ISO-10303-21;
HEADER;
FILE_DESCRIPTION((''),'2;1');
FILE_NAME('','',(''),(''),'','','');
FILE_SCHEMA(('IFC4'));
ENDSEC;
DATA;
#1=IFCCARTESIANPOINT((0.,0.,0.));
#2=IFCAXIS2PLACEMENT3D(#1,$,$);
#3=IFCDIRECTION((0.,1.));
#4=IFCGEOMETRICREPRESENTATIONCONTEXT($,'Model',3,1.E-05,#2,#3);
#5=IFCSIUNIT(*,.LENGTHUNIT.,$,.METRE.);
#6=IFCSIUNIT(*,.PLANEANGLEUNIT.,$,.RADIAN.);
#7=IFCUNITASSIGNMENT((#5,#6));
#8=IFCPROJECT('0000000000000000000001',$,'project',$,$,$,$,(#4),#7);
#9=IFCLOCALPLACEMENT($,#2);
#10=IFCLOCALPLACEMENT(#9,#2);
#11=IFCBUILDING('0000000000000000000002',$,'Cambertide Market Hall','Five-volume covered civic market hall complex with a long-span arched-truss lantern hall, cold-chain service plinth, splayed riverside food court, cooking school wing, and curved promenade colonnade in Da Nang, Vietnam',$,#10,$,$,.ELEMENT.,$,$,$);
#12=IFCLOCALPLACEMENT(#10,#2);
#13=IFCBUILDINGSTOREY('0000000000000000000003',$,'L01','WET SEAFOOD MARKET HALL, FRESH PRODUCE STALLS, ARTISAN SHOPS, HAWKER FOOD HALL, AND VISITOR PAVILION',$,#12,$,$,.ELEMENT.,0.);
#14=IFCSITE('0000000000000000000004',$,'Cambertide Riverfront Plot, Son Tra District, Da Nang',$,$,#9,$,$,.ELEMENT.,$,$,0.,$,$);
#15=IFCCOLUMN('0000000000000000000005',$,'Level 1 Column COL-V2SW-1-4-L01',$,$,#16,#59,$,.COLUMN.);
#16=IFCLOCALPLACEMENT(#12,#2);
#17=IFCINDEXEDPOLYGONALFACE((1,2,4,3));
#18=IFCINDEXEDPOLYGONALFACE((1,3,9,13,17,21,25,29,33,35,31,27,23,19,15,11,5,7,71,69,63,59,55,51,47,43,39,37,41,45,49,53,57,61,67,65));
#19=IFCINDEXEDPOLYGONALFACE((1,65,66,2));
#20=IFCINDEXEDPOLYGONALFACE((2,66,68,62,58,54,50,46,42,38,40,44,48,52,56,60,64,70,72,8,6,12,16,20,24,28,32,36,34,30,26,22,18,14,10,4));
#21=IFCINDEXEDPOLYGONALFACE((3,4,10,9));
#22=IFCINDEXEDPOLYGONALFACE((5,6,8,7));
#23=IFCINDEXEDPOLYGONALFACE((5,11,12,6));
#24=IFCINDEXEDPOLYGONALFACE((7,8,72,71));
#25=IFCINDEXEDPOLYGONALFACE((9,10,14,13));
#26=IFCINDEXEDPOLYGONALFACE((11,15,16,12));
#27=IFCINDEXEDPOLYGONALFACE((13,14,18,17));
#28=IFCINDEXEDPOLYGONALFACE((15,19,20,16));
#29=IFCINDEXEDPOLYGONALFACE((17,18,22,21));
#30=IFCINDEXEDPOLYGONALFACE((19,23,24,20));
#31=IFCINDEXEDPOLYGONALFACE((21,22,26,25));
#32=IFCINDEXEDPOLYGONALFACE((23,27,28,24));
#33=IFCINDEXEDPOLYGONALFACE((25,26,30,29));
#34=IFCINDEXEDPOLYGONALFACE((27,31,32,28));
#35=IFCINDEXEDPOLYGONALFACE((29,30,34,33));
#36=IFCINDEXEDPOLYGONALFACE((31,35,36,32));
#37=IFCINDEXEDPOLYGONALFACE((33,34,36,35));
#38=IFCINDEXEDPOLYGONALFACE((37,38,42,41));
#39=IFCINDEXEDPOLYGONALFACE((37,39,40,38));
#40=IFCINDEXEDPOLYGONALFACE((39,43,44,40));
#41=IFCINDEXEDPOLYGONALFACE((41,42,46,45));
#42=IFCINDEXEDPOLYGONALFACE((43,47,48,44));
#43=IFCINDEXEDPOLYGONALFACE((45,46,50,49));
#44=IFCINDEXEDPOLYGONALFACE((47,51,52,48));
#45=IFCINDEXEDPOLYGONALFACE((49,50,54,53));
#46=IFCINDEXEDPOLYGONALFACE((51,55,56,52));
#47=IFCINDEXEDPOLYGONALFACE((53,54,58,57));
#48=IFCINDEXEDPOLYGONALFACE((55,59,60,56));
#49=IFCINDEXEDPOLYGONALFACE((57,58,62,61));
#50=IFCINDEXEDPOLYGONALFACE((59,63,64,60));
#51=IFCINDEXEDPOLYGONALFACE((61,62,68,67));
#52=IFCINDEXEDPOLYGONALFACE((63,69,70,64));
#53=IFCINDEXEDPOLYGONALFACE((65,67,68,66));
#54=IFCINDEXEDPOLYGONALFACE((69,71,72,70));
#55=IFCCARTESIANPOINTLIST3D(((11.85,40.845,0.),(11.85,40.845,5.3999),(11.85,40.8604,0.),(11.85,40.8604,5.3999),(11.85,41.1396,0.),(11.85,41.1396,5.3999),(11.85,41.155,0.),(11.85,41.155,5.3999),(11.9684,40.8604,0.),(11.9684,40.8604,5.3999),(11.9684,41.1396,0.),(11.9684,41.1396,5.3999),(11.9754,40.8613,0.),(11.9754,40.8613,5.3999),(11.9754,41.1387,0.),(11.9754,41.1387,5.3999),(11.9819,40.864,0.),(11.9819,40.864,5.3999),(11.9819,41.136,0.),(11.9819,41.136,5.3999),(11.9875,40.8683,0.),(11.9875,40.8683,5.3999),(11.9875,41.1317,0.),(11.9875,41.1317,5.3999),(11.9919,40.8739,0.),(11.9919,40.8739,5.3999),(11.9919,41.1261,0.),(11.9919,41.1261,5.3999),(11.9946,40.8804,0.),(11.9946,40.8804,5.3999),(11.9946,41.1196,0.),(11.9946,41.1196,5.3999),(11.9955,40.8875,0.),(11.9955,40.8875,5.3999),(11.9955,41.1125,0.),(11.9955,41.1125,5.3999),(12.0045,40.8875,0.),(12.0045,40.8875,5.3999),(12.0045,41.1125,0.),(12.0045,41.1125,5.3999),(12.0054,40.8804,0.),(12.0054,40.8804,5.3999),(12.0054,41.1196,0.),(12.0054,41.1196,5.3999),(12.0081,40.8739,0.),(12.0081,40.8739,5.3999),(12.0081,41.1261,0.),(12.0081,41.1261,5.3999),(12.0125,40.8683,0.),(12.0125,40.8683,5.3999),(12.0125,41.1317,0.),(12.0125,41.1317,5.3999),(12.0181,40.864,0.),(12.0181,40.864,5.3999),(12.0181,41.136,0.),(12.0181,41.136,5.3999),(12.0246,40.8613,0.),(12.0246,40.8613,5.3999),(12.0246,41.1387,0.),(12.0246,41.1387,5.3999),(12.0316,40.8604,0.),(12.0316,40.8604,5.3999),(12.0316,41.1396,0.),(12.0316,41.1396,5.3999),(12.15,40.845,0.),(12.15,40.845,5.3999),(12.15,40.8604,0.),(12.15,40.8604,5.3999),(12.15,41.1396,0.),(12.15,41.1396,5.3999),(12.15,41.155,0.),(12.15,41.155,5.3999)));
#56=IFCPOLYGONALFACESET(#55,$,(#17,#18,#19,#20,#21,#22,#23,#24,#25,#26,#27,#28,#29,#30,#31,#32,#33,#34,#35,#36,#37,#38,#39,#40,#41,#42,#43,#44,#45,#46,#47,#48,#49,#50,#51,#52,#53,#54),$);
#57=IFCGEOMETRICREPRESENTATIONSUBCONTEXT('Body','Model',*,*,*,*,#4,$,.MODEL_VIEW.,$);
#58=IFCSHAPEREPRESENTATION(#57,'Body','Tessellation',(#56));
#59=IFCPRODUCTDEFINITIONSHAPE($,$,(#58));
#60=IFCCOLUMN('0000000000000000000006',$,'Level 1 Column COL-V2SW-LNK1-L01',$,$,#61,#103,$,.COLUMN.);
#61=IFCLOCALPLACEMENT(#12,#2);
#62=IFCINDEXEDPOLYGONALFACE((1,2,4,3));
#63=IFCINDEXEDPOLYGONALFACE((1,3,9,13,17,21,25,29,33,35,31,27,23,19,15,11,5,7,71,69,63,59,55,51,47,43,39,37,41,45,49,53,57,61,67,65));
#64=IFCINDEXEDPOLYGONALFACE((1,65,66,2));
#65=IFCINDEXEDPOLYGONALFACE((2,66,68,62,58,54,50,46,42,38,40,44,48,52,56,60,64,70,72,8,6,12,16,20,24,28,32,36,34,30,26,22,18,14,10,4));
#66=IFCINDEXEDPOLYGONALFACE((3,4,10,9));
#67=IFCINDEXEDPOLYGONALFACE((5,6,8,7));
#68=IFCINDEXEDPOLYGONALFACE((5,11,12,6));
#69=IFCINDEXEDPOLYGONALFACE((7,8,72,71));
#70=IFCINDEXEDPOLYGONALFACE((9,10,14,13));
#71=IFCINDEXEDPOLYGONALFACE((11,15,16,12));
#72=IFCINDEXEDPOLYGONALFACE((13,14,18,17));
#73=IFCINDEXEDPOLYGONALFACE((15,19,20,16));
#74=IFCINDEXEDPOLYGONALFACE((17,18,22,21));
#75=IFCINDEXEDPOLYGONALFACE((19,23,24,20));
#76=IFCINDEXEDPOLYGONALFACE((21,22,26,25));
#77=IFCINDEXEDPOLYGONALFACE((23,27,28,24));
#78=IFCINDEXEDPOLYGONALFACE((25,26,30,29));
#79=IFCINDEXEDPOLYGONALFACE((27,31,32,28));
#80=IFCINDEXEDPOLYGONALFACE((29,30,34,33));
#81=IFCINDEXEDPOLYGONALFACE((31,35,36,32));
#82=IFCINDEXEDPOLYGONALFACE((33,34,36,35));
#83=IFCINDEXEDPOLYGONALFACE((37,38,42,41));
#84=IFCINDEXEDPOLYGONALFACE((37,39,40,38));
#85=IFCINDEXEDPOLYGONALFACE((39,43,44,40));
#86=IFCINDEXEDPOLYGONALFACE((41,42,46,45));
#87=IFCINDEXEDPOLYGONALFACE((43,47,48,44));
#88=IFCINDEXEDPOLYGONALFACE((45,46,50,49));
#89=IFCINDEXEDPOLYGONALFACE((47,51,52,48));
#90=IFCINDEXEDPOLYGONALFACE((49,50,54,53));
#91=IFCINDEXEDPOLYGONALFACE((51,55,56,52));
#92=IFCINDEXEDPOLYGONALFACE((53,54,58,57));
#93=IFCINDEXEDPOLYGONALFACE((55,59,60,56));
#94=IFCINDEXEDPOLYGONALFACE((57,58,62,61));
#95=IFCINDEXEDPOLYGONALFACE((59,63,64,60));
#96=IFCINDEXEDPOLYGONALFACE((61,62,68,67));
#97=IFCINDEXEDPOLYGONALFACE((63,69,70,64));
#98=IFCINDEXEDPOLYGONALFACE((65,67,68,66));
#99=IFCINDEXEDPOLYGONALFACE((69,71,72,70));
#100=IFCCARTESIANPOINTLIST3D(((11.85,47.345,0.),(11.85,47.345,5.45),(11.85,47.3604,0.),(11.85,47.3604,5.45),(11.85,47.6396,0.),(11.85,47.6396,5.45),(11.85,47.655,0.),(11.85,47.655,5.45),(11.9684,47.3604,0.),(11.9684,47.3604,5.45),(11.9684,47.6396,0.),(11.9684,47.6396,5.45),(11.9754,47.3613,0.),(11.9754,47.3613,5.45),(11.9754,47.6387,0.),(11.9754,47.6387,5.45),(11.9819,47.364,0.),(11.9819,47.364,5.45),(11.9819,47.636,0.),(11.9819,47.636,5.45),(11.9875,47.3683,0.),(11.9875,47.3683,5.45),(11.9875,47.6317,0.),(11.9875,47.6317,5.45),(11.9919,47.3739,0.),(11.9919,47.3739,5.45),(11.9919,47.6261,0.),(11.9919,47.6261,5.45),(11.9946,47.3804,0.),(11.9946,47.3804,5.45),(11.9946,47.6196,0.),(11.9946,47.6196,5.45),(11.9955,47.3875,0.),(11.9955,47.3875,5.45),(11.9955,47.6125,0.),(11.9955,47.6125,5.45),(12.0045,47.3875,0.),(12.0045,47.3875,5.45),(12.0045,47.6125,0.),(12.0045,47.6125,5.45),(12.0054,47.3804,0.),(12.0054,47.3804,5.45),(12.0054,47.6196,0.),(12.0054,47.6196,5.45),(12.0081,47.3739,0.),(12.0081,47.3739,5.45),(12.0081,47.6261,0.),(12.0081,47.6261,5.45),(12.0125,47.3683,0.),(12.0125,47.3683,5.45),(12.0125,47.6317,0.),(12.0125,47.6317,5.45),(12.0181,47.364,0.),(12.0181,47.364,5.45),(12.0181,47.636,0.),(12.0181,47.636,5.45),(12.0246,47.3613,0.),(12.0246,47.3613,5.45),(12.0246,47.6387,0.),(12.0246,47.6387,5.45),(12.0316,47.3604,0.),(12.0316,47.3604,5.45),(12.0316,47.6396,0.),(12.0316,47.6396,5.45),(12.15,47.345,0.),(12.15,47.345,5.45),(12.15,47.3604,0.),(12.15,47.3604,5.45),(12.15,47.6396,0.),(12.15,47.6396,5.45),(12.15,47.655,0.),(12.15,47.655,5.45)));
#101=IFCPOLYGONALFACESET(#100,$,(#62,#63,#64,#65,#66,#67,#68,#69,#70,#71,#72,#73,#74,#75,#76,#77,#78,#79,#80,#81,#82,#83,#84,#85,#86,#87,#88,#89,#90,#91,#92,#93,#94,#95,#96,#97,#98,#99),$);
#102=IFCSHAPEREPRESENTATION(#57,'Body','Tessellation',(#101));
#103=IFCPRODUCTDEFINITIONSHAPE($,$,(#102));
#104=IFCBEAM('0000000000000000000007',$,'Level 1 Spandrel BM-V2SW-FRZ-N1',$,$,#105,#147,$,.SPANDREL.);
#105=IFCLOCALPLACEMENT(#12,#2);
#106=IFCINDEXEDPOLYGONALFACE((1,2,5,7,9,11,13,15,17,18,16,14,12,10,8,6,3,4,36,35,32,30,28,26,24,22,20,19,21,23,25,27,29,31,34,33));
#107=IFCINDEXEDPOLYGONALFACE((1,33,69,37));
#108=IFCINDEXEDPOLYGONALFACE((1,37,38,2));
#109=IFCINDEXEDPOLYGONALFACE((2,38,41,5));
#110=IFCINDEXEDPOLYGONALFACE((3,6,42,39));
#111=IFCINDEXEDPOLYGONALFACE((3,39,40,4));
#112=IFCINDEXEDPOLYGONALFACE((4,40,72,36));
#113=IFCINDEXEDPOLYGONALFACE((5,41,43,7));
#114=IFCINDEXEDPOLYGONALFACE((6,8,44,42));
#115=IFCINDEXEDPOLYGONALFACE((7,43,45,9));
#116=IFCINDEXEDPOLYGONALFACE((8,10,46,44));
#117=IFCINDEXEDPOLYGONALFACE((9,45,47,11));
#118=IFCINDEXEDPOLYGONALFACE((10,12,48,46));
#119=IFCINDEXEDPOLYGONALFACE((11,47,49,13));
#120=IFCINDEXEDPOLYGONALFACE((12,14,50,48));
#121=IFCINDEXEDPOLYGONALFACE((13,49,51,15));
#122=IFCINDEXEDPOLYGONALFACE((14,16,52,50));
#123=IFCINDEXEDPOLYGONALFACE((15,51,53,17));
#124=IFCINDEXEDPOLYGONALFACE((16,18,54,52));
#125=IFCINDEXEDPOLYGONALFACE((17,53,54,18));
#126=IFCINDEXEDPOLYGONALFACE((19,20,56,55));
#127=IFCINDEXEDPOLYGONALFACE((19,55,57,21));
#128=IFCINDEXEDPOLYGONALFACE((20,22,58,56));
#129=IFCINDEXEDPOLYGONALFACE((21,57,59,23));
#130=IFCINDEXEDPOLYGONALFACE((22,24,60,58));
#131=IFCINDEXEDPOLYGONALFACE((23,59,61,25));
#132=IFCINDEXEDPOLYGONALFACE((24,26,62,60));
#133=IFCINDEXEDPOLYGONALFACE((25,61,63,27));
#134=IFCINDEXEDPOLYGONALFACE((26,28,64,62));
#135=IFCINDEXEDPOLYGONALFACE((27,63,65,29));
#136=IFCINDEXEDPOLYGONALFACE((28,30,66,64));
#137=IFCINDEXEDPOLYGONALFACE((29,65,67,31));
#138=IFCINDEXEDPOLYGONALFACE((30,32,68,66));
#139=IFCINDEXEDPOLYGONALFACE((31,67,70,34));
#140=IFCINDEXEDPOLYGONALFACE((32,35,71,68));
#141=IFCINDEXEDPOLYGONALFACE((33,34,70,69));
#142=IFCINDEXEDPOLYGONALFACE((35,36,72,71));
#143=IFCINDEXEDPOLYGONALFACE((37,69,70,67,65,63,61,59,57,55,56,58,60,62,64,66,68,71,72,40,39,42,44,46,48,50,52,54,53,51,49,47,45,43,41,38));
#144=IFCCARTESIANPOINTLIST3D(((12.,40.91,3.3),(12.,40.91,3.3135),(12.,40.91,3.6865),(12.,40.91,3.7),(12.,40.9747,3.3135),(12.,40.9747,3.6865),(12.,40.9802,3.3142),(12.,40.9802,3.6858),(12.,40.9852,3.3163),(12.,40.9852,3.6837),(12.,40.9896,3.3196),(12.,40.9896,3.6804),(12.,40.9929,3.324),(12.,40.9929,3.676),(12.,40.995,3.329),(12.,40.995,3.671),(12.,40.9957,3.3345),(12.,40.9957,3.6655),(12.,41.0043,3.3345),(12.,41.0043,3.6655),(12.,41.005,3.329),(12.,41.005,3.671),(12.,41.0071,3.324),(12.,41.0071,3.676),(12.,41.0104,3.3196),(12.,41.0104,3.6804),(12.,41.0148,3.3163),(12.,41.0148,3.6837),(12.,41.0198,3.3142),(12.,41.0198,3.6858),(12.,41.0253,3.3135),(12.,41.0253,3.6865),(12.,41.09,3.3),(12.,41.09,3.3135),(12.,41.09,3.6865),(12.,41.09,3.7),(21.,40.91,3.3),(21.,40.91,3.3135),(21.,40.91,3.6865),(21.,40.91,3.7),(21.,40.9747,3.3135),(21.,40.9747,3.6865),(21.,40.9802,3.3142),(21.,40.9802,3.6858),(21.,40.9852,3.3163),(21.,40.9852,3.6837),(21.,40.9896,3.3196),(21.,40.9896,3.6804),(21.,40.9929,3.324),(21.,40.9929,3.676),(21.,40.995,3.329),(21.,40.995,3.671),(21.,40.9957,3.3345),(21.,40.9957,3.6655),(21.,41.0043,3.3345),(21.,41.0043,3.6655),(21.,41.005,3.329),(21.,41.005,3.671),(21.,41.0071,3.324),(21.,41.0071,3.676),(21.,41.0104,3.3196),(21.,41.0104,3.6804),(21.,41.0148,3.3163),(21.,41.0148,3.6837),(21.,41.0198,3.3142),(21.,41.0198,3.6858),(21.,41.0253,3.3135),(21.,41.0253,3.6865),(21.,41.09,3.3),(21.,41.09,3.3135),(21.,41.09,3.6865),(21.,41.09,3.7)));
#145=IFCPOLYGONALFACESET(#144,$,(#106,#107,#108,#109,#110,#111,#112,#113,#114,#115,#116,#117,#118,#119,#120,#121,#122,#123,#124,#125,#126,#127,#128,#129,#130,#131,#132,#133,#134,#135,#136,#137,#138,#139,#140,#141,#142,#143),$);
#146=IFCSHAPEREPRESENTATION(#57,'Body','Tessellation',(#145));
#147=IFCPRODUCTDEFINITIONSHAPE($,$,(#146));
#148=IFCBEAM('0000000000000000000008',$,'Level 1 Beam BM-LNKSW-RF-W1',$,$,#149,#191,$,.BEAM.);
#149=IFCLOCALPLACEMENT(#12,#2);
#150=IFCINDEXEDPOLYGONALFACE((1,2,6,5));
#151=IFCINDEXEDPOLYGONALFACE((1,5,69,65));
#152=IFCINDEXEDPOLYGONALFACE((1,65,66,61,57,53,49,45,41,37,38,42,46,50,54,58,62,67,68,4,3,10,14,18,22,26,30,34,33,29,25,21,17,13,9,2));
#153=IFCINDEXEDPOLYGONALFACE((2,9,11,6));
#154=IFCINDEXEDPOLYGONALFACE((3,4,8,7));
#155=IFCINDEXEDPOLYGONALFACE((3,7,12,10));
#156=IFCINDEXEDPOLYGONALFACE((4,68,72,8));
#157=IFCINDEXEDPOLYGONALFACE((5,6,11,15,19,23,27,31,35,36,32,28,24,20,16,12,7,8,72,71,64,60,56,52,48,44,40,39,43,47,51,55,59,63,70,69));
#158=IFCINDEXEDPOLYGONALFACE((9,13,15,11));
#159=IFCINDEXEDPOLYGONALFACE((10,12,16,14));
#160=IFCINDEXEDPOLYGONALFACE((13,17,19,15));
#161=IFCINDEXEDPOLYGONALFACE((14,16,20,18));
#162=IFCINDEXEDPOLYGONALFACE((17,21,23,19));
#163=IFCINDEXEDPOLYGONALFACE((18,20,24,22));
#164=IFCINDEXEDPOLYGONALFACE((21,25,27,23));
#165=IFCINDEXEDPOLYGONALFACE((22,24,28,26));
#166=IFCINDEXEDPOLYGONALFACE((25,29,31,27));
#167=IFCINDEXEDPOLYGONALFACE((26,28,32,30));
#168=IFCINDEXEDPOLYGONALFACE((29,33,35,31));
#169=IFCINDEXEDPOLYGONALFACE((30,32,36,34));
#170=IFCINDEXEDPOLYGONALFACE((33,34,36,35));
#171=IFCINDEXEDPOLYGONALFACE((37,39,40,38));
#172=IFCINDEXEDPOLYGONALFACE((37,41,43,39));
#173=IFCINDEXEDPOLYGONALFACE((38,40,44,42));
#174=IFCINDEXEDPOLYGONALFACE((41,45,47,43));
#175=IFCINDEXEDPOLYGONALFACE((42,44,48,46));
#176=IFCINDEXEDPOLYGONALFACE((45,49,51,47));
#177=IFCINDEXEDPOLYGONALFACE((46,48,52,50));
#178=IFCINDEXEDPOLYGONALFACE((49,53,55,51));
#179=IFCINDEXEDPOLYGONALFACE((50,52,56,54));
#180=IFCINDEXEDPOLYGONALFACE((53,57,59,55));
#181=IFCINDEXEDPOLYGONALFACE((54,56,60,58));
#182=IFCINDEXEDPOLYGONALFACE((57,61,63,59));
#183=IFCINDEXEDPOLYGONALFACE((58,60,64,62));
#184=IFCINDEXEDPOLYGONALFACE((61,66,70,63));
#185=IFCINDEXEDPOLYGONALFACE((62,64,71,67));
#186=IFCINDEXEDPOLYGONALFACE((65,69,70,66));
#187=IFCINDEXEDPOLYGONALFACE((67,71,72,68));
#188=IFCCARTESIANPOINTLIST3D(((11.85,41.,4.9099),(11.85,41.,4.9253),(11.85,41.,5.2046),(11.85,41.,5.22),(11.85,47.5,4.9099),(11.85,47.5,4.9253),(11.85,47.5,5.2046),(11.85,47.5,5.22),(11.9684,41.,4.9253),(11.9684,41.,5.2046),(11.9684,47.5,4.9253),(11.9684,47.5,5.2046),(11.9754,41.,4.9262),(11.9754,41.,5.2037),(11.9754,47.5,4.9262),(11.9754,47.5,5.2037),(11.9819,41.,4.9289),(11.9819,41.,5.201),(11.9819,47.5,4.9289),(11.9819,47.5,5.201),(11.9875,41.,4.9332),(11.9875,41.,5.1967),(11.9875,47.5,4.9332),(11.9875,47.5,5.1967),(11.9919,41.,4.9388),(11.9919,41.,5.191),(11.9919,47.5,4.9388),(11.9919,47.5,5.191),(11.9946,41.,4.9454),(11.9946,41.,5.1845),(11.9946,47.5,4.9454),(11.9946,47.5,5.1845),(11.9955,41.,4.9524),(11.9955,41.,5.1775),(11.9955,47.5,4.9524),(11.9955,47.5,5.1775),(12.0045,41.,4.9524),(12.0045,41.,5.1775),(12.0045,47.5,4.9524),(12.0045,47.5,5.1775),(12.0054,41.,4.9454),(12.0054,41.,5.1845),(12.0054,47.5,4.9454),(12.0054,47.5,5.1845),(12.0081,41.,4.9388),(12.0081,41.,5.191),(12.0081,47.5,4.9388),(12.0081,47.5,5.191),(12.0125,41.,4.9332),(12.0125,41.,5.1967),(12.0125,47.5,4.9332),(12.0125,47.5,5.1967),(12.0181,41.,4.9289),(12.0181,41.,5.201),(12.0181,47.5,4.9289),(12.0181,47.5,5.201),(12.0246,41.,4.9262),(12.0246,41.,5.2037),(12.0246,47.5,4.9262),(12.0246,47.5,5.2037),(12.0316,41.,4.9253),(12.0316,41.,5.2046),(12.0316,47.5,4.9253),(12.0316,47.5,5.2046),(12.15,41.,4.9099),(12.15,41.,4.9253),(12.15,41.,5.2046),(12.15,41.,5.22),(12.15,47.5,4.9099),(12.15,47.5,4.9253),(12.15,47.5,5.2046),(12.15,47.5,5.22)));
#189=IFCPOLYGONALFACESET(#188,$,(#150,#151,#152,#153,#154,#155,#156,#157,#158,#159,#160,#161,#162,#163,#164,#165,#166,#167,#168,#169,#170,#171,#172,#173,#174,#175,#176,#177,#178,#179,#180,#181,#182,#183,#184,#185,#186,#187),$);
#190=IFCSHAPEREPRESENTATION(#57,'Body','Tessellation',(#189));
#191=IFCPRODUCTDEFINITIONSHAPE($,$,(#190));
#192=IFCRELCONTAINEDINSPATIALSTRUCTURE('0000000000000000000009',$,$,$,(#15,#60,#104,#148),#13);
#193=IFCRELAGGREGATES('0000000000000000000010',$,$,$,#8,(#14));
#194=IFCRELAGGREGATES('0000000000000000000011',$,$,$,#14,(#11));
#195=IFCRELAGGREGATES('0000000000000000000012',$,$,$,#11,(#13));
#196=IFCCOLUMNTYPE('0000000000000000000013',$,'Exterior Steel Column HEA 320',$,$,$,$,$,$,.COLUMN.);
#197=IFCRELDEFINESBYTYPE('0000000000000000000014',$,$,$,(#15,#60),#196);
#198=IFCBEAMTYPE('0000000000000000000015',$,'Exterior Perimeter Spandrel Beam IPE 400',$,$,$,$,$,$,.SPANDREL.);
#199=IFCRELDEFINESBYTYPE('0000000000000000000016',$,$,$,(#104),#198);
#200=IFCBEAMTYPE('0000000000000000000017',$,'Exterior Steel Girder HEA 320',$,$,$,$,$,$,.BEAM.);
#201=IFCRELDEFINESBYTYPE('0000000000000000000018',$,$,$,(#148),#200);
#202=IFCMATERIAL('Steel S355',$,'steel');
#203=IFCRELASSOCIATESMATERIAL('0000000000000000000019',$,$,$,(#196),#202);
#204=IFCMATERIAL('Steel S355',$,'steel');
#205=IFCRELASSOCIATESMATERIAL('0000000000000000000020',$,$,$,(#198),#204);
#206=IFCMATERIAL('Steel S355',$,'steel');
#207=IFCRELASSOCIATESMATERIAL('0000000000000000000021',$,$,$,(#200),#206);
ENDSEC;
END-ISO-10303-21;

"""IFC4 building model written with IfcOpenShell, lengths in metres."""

from ifc_helpers import new_model, si_unit, direction, frame, origin, origin_2d, place, context, subcontext, project, spatial, i_section, extrude, material, material_profile, profile_set, type_object, element, save


model = new_model("IFC4")

# Units and contexts
model_context = context("Model", 3, precision=1e-05, world=origin(), true_north=direction((0.0, 1.0)))
body_context = subcontext(model_context, "Body", "Model", "MODEL_VIEW")
ifc_project = project(units=[si_unit("LENGTHUNIT", "METRE"), si_unit("PLANEANGLEUNIT", "RADIAN")], contexts=[model_context])

# Site, building, storey
site_placement = place(None, origin())
site = spatial("IfcSite", under=ifc_project, at=site_placement, Name="Cambertide Riverfront Plot, Son Tra District, Da Nang", CompositionType="ELEMENT", RefElevation=0.0)
building_placement = place(site_placement, origin())
building = spatial("IfcBuilding", under=site, at=building_placement, Name="Cambertide Market Hall", Description="Five-volume covered civic market hall complex with a long-span arched-truss lantern hall, cold-chain service plinth, splayed riverside food court, cooking school wing, and curved promenade colonnade in Da Nang, Vietnam", CompositionType="ELEMENT")
storey_placement = place(building_placement, origin())
storey = spatial("IfcBuildingStorey", under=building, at=storey_placement, Name="L01", Description="WET SEAFOOD MARKET HALL, FRESH PRODUCE STALLS, ARTISAN SHOPS, HAWKER FOOD HALL, AND VISITOR PAVILION", CompositionType="ELEMENT", Elevation=0.0)

# Columns
ifc_material_1 = material(Name="Steel S355", Category="steel")
ifc_material_profile_1 = material_profile(ifc_material_1, i_section(OverallWidth=0.3, OverallDepth=0.3101, WebThickness=0.009, FlangeThickness=0.0154, FilletRadius=0.0271, at=origin_2d()), Name="HEA 320")
ifc_profile_set_1 = profile_set([ifc_material_profile_1], Name="Steel S355")
column_type = type_object("IfcColumnType", Name="Exterior Steel Column HEA 320", PredefinedType="COLUMN", material=ifc_profile_set_1)
column_1_placement = place(storey_placement, frame((12.0, 41.0, 0.0), z_axis=(0.0, 0.0, 1.0), x_axis=(1.0, 0.0, 0.0)))
element("IfcColumn", 1, at=column_1_placement, inside=storey, type_object=column_type, Name="Level 1 Column COL-V2SW-1-4-L01", PredefinedType="COLUMN", context=body_context, shape_type="SweptSolid", body=[
    extrude(i_section(OverallWidth=0.3, OverallDepth=0.3101, WebThickness=0.009, FlangeThickness=0.0154, FilletRadius=0.0271, at=origin_2d()), origin(), (0.0, 0.0, 1.0), 5.3999),
])
column_2_placement = place(storey_placement, frame((12.0, 47.5, 0.0), z_axis=(0.0, 0.0, 1.0), x_axis=(1.0, 0.0, 0.0)))
element("IfcColumn", 2, at=column_2_placement, inside=storey, type_object=column_type, Name="Level 1 Column COL-V2SW-LNK1-L01", PredefinedType="COLUMN", context=body_context, shape_type="SweptSolid", body=[
    extrude(i_section(OverallWidth=0.3, OverallDepth=0.3101, WebThickness=0.009, FlangeThickness=0.0154, FilletRadius=0.0271, at=origin_2d()), origin(), (0.0, 0.0, 1.0), 5.45),
])

# Beams
ifc_material_2 = material(Name="Steel S355", Category="steel")
ifc_material_profile_2 = material_profile(ifc_material_2, i_section(OverallWidth=0.1799, OverallDepth=0.3999, WebThickness=0.0085, FlangeThickness=0.0134, FilletRadius=0.021, at=origin_2d()), Name="IPE 400")
ifc_profile_set_2 = profile_set([ifc_material_profile_2], Name="Steel S355")
beam_type_1 = type_object("IfcBeamType", Name="Exterior Perimeter Spandrel Beam IPE 400", PredefinedType="SPANDREL", material=ifc_profile_set_2)
beam_1_placement = place(storey_placement, frame((12.0, 41.0, 3.5), z_axis=(1.0, 0.0, 0.0), x_axis=(0.0, 1.0, 0.0)))
element("IfcBeam", 3, at=beam_1_placement, inside=storey, type_object=beam_type_1, Name="Level 1 Spandrel BM-V2SW-FRZ-N1", PredefinedType="SPANDREL", context=body_context, shape_type="SweptSolid", body=[
    extrude(i_section(OverallWidth=0.1799, OverallDepth=0.3999, WebThickness=0.0085, FlangeThickness=0.0134, FilletRadius=0.021, at=origin_2d()), origin(), (0.0, 0.0, 1.0), 9.0),
])
ifc_material_3 = material(Name="Steel S355", Category="steel")
ifc_material_profile_3 = material_profile(ifc_material_3, i_section(OverallWidth=0.3, OverallDepth=0.3101, WebThickness=0.009, FlangeThickness=0.0154, FilletRadius=0.0271, at=origin_2d()), Name="HEA 320")
ifc_profile_set_3 = profile_set([ifc_material_profile_3], Name="Steel S355")
beam_type_2 = type_object("IfcBeamType", Name="Exterior Steel Girder HEA 320", PredefinedType="BEAM", material=ifc_profile_set_3)
beam_2_placement = place(storey_placement, frame((12.0, 41.0, 5.0649), z_axis=(0.0, 1.0, 0.0), x_axis=(-1.0, 0.0, 0.0)))
element("IfcBeam", 4, at=beam_2_placement, inside=storey, type_object=beam_type_2, Name="Level 1 Beam BM-LNKSW-RF-W1", PredefinedType="BEAM", context=body_context, shape_type="SweptSolid", body=[
    extrude(i_section(OverallWidth=0.3, OverallDepth=0.3101, WebThickness=0.009, FlangeThickness=0.0154, FilletRadius=0.0271, at=origin_2d()), origin(), (0.0, 0.0, 1.0), 6.5),
])

save(model, "model.ifc")
